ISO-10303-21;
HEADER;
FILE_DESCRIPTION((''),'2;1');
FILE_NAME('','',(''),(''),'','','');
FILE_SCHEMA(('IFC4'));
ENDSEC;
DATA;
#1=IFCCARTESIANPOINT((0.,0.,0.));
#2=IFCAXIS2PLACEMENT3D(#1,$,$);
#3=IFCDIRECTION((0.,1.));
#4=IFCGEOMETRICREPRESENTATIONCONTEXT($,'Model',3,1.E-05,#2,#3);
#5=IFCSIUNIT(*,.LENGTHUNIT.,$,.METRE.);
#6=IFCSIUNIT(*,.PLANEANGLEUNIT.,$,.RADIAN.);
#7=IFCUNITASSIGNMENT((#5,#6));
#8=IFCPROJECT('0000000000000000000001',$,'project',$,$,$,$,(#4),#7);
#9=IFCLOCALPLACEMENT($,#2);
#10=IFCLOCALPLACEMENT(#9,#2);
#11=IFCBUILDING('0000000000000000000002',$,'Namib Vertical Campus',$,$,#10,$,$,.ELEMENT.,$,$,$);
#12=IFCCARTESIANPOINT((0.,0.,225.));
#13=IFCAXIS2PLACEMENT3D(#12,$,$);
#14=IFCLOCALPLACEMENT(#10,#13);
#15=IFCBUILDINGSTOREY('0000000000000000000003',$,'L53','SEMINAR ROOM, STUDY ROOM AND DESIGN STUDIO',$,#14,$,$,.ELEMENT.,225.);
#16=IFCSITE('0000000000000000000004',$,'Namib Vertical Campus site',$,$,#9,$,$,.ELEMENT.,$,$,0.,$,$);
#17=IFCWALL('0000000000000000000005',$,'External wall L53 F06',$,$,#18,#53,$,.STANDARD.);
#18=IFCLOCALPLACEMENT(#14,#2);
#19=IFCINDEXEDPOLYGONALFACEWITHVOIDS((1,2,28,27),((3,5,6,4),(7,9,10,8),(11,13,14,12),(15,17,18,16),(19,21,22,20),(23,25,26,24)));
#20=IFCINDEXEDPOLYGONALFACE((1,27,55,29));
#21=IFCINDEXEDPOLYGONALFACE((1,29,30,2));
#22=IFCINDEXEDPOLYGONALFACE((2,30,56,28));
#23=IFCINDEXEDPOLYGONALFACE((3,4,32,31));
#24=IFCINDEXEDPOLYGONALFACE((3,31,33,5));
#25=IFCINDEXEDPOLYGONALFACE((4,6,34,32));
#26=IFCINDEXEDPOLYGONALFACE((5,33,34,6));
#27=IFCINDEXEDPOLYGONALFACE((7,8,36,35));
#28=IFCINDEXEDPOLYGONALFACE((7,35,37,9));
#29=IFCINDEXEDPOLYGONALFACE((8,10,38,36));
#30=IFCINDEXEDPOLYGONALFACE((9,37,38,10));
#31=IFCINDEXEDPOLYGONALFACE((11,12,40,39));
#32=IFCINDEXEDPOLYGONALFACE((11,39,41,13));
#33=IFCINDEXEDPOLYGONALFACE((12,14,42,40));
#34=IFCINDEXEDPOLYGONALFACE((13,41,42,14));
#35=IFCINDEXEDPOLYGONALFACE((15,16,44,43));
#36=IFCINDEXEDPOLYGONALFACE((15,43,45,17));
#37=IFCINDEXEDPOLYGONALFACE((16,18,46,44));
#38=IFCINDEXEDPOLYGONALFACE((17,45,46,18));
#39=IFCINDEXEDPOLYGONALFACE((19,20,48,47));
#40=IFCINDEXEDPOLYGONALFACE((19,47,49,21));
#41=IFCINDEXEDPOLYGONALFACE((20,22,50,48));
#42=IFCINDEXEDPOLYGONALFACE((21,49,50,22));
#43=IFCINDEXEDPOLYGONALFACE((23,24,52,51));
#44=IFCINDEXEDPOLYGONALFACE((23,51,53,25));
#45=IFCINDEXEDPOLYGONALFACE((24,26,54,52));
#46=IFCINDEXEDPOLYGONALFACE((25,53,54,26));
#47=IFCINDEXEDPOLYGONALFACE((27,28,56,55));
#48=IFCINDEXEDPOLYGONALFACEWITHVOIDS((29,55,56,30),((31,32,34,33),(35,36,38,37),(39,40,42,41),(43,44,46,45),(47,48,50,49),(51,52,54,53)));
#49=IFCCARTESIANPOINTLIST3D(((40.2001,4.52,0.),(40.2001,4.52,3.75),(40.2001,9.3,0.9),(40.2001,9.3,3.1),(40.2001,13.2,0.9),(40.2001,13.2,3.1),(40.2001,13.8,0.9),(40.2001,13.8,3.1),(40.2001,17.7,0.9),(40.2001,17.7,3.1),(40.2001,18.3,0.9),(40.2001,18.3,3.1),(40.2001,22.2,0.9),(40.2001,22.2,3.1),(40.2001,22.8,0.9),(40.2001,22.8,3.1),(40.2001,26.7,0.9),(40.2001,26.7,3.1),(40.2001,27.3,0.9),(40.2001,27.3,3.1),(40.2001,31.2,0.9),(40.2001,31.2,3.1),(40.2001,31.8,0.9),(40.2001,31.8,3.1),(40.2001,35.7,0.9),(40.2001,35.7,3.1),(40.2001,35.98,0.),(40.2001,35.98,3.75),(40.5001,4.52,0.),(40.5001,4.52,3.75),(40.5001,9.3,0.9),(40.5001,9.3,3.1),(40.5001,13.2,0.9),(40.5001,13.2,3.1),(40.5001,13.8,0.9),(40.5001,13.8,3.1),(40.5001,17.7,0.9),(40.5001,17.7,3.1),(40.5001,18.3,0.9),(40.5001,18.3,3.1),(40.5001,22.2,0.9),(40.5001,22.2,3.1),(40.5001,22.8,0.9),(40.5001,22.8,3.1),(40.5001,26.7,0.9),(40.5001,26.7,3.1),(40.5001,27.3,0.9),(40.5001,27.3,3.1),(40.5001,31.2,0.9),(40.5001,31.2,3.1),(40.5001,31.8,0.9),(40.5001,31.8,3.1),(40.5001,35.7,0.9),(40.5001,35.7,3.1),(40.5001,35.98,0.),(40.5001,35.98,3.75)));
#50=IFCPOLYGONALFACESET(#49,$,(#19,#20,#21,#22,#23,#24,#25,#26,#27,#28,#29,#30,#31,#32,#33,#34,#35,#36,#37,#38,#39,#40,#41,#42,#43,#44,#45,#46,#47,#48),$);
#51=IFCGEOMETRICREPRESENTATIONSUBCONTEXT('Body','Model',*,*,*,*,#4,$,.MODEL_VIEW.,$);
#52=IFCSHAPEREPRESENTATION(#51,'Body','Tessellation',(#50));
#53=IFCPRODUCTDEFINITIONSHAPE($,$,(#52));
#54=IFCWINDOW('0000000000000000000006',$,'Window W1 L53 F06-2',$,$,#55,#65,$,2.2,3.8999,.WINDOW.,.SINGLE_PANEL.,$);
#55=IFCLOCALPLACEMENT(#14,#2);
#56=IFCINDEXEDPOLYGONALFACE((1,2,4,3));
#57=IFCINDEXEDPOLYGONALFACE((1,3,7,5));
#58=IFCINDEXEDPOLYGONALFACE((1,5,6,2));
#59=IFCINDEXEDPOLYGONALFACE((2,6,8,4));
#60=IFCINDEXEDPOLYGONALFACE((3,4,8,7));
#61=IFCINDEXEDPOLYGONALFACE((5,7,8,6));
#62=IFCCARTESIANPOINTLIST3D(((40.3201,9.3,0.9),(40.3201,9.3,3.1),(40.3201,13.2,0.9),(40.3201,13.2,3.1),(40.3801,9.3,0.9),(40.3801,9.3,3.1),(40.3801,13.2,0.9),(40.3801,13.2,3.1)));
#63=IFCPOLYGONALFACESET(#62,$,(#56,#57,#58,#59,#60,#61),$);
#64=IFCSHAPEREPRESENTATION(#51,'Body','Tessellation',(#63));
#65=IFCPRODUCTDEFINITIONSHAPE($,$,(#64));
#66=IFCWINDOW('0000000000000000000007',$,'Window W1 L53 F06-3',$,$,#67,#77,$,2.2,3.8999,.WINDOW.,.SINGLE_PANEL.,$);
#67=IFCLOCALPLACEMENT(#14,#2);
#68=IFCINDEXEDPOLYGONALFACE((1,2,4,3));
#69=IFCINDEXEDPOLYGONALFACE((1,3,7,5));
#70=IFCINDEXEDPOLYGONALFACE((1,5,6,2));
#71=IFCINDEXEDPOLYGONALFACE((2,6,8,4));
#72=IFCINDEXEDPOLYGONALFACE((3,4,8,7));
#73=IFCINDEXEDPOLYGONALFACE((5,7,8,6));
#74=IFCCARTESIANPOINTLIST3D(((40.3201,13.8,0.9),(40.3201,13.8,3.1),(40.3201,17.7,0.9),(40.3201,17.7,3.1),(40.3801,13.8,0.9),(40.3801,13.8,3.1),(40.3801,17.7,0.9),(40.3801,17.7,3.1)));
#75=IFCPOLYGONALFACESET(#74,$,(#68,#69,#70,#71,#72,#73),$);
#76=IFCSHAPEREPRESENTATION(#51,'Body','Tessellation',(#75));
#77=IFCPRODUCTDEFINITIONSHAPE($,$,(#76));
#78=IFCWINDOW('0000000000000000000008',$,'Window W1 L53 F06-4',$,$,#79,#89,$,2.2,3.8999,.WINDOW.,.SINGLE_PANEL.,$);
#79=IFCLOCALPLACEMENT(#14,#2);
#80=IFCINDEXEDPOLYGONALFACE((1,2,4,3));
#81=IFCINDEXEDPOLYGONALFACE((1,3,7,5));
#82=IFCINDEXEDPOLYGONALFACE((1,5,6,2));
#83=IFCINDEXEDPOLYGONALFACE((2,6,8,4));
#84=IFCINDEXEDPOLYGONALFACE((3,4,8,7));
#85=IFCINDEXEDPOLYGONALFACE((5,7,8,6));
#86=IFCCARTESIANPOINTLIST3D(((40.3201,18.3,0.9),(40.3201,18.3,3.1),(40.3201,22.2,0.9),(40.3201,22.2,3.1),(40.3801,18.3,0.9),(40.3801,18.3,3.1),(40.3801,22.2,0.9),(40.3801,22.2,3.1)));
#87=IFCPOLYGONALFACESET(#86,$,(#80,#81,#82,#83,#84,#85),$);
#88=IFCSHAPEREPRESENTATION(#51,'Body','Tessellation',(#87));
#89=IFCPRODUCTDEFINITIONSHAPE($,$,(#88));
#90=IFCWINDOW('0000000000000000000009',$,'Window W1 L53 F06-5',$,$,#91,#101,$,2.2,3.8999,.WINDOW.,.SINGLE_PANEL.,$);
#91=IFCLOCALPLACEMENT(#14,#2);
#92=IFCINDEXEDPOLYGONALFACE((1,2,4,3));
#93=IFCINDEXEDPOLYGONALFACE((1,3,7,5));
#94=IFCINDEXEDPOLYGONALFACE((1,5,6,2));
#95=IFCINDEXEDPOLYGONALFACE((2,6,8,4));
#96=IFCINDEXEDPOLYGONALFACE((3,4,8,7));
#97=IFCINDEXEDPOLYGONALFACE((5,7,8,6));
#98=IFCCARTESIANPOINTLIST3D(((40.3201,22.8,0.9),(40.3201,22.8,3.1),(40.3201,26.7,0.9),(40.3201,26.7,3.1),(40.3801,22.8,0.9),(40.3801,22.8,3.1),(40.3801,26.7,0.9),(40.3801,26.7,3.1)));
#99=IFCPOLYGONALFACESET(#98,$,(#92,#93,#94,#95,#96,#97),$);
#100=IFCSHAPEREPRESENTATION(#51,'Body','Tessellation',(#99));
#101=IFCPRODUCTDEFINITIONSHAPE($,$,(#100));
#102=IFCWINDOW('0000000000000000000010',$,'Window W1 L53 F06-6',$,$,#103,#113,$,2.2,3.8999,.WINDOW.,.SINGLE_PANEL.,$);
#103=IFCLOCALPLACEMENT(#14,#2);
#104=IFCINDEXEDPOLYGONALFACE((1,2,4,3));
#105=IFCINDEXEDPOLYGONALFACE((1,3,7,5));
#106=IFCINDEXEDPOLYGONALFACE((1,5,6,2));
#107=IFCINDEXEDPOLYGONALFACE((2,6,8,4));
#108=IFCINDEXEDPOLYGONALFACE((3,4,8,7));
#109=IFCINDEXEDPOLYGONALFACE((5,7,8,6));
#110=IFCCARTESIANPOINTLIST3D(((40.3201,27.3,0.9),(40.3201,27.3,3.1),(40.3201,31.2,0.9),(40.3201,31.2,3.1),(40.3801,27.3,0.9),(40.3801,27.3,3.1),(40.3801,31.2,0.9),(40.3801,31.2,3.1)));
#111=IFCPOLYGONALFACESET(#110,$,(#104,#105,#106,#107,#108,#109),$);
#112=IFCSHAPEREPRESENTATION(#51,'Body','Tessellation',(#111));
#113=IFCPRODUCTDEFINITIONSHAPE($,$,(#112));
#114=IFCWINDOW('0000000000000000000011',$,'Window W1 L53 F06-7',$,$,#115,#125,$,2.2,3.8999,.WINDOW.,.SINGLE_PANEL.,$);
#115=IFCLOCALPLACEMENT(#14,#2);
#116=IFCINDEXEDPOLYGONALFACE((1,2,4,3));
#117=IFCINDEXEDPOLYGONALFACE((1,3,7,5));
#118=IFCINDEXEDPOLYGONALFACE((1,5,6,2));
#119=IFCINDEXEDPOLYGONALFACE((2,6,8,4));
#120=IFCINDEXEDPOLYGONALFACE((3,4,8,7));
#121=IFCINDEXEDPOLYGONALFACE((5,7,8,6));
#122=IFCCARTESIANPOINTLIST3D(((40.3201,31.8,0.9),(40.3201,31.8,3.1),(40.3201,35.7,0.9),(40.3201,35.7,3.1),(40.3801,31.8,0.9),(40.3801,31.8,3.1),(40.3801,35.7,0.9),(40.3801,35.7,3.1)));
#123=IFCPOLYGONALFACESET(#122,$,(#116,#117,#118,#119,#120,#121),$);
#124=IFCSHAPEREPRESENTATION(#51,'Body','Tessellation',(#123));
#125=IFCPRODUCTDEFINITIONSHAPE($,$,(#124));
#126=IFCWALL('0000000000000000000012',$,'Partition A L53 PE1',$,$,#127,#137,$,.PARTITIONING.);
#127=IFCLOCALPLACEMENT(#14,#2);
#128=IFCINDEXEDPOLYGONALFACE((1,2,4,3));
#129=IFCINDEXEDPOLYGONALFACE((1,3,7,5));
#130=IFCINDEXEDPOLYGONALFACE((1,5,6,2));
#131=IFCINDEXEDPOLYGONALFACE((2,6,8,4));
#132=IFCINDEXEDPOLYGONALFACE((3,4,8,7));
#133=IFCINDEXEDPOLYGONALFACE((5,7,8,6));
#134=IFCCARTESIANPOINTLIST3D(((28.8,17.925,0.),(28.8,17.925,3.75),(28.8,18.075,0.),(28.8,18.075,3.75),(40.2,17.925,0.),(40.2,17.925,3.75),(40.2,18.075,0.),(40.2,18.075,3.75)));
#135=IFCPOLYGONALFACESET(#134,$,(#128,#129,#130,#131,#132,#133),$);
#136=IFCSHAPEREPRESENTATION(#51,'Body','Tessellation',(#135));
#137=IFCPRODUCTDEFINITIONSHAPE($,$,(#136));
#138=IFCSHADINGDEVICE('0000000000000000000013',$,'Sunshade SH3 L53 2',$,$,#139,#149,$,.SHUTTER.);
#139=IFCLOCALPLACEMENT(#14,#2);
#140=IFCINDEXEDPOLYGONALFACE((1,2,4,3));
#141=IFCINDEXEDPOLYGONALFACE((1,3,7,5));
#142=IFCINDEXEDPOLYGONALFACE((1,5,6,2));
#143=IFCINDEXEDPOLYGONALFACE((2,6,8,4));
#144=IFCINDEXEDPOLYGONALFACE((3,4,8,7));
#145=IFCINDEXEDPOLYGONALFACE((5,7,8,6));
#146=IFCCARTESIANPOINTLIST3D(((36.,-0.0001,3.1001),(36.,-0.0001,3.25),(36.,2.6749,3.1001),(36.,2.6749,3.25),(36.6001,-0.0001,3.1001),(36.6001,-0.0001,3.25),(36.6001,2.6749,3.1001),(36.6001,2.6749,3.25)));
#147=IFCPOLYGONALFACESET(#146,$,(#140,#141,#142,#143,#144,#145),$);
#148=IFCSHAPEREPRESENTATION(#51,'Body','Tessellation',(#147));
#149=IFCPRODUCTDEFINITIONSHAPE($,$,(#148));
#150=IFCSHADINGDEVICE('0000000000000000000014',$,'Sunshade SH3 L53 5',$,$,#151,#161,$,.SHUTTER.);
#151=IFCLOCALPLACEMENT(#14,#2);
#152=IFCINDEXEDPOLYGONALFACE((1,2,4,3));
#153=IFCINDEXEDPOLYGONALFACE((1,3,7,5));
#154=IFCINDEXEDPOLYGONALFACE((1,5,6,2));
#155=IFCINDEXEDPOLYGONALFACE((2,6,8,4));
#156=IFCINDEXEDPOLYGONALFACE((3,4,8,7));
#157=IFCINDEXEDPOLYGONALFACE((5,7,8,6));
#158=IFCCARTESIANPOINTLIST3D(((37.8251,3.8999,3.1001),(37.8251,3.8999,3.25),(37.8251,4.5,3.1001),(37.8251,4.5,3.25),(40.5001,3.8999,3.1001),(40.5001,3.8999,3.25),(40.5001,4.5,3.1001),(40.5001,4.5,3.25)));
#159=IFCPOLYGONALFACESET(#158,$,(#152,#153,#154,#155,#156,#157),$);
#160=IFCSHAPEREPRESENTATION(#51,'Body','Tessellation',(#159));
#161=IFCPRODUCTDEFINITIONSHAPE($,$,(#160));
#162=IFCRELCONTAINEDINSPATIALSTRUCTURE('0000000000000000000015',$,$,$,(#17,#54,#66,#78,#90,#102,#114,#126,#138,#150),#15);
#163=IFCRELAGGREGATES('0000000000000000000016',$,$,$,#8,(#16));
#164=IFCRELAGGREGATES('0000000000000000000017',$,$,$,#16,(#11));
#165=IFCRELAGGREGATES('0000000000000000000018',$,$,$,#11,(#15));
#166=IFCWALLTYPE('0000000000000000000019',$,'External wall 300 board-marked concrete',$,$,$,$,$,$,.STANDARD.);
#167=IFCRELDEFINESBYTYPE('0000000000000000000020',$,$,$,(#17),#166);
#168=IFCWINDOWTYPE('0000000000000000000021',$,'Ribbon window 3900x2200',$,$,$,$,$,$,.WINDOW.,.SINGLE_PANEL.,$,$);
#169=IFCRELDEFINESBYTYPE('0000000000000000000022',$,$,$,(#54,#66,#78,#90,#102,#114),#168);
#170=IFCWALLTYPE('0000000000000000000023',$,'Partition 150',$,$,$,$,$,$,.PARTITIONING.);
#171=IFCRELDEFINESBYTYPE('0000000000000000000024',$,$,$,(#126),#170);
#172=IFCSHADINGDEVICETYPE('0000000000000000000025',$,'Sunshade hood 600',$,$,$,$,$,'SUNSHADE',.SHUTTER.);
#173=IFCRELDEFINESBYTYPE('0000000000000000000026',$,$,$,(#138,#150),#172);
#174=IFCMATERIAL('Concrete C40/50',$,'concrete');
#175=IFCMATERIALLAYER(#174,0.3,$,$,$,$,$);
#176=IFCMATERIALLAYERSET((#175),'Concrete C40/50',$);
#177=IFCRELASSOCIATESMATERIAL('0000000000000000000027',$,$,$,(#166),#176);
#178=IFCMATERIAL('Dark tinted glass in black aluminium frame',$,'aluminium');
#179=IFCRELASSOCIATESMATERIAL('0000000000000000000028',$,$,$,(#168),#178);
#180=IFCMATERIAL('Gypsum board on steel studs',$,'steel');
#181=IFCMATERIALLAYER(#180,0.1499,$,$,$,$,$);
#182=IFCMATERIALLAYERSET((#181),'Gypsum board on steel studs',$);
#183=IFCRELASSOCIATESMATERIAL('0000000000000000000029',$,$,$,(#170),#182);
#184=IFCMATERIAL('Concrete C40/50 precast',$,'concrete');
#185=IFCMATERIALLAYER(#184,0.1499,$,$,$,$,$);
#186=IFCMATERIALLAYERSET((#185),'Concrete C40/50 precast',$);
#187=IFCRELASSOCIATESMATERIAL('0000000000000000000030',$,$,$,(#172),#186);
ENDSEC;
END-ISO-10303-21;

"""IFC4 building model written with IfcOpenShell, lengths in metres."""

from ifc_helpers import new_model, si_unit, direction, frame, frame_2d, origin, origin_2d, place, context, subcontext, project, spatial, rectangle, extrude, material, layer, layer_set, type_object, element, fill, save


model = new_model("IFC4")

# Units and contexts
model_context = context("Model", 3, precision=1e-05, world=origin(), true_north=direction((0.0, 1.0)))
body_context = subcontext(model_context, "Body", "Model", "MODEL_VIEW")
ifc_project = project(units=[si_unit("LENGTHUNIT", "METRE"), si_unit("PLANEANGLEUNIT", "RADIAN")], contexts=[model_context])

# Site, building, storey
site_placement = place(None, origin())
site = spatial("IfcSite", under=ifc_project, at=site_placement, Name="Namib Vertical Campus site", CompositionType="ELEMENT", RefElevation=0.0)
building_placement = place(site_placement, origin())
building = spatial("IfcBuilding", under=site, at=building_placement, Name="Namib Vertical Campus", CompositionType="ELEMENT")
storey_placement = place(building_placement, frame((0.0, 0.0, 225.0)))
storey = spatial("IfcBuildingStorey", under=building, at=storey_placement, Name="L53", Description="SEMINAR ROOM, STUDY ROOM AND DESIGN STUDIO", CompositionType="ELEMENT", Elevation=225.0)

# Shared definitions
ifc_material_1 = material(Name="Concrete C40/50", Category="concrete")
ifc_layer_1 = layer(ifc_material_1, 0.3)
ifc_layer_set_1 = layer_set([ifc_layer_1], Name="Concrete C40/50")
wall_type_1 = type_object("IfcWallType", Name="External wall 300 board-marked concrete", PredefinedType="STANDARD", material=ifc_layer_set_1)

# Wall, openings, windows
wall_1_placement = place(storey_placement, frame((40.3501, 4.52, 0.0), z_axis=(0.0, 0.0, 1.0), x_axis=(0.0, 1.0, 0.0)))
wall_1 = element("IfcWall", 1, at=wall_1_placement, inside=storey, type_object=wall_type_1, Name="External wall L53 F06", PredefinedType="STANDARD", context=body_context, shape_type="SweptSolid", body=[
    extrude(rectangle(XDim=31.46, YDim=0.3, at=frame_2d((15.73, 0.0))), origin(), (0.0, 0.0, 1.0), 3.75),
])
opening_1_placement = place(wall_1_placement, frame((4.78, 0.0, 0.8999)))
opening_1 = element("IfcOpeningElement", 2, at=opening_1_placement, cuts=wall_1, PredefinedType="OPENING", context=body_context, shape_type="SweptSolid", body=[
    extrude(rectangle(XDim=3.8999, YDim=2.2, at=frame_2d((1.95, 1.1001))), frame((0.0, 0.1599, 0.0), z_axis=(0.0, -1.0, 0.0), x_axis=(1.0, 0.0, 0.0)), (0.0, 0.0, 1.0), 0.3201),
])
opening_2_placement = place(wall_1_placement, frame((9.28, 0.0, 0.8999)))
opening_2 = element("IfcOpeningElement", 3, at=opening_2_placement, cuts=wall_1, PredefinedType="OPENING", context=body_context, shape_type="SweptSolid", body=[
    extrude(rectangle(XDim=3.8999, YDim=2.2, at=frame_2d((1.95, 1.1001))), frame((0.0, 0.1599, 0.0), z_axis=(0.0, -1.0, 0.0), x_axis=(1.0, 0.0, 0.0)), (0.0, 0.0, 1.0), 0.3201),
])
opening_3_placement = place(wall_1_placement, frame((13.78, 0.0, 0.8999)))
opening_3 = element("IfcOpeningElement", 4, at=opening_3_placement, cuts=wall_1, PredefinedType="OPENING", context=body_context, shape_type="SweptSolid", body=[
    extrude(rectangle(XDim=3.8999, YDim=2.2, at=frame_2d((1.95, 1.1001))), frame((0.0, 0.1599, 0.0), z_axis=(0.0, -1.0, 0.0), x_axis=(1.0, 0.0, 0.0)), (0.0, 0.0, 1.0), 0.3201),
])
opening_4_placement = place(wall_1_placement, frame((18.28, 0.0, 0.8999)))
opening_4 = element("IfcOpeningElement", 5, at=opening_4_placement, cuts=wall_1, PredefinedType="OPENING", context=body_context, shape_type="SweptSolid", body=[
    extrude(rectangle(XDim=3.8999, YDim=2.2, at=frame_2d((1.95, 1.1001))), frame((0.0, 0.1599, 0.0), z_axis=(0.0, -1.0, 0.0), x_axis=(1.0, 0.0, 0.0)), (0.0, 0.0, 1.0), 0.3201),
])
opening_5_placement = place(wall_1_placement, frame((22.78, 0.0, 0.8999)))
opening_5 = element("IfcOpeningElement", 6, at=opening_5_placement, cuts=wall_1, PredefinedType="OPENING", context=body_context, shape_type="SweptSolid", body=[
    extrude(rectangle(XDim=3.8999, YDim=2.2, at=frame_2d((1.95, 1.1001))), frame((0.0, 0.1599, 0.0), z_axis=(0.0, -1.0, 0.0), x_axis=(1.0, 0.0, 0.0)), (0.0, 0.0, 1.0), 0.3201),
])
opening_6_placement = place(wall_1_placement, frame((27.28, 0.0, 0.8999)))
opening_6 = element("IfcOpeningElement", 7, at=opening_6_placement, cuts=wall_1, PredefinedType="OPENING", context=body_context, shape_type="SweptSolid", body=[
    extrude(rectangle(XDim=3.8999, YDim=2.2, at=frame_2d((1.95, 1.1001))), frame((0.0, 0.1599, 0.0), z_axis=(0.0, -1.0, 0.0), x_axis=(1.0, 0.0, 0.0)), (0.0, 0.0, 1.0), 0.3201),
])
ifc_material_2 = material(Name="Dark tinted glass in black aluminium frame", Category="aluminium")
window_type = type_object("IfcWindowType", Name="Ribbon window 3900x2200", PartitioningType="SINGLE_PANEL", PredefinedType="WINDOW", material=ifc_material_2)
window_1_placement = place(opening_1_placement, origin())
window_1 = element("IfcWindow", 8, at=window_1_placement, inside=storey, type_object=window_type, Name="Window W1 L53 F06-2", OverallHeight=2.2, OverallWidth=3.8999, PartitioningType="SINGLE_PANEL", PredefinedType="WINDOW", context=body_context, shape_type="SweptSolid", body=[
    extrude(rectangle(XDim=3.8999, YDim=2.2, at=frame_2d((1.95, 1.1001))), frame((0.0, 0.03, 0.0), z_axis=(0.0, -1.0, 0.0), x_axis=(1.0, 0.0, 0.0)), (0.0, 0.0, 1.0), 0.0601),
])
fill(opening_1, window_1)
window_2_placement = place(opening_2_placement, origin())
window_2 = element("IfcWindow", 9, at=window_2_placement, inside=storey, type_object=window_type, Name="Window W1 L53 F06-3", OverallHeight=2.2, OverallWidth=3.8999, PartitioningType="SINGLE_PANEL", PredefinedType="WINDOW", context=body_context, shape_type="SweptSolid", body=[
    extrude(rectangle(XDim=3.8999, YDim=2.2, at=frame_2d((1.95, 1.1001))), frame((0.0, 0.03, 0.0), z_axis=(0.0, -1.0, 0.0), x_axis=(1.0, 0.0, 0.0)), (0.0, 0.0, 1.0), 0.0601),
])
fill(opening_2, window_2)
window_3_placement = place(opening_3_placement, origin())
window_3 = element("IfcWindow", 10, at=window_3_placement, inside=storey, type_object=window_type, Name="Window W1 L53 F06-4", OverallHeight=2.2, OverallWidth=3.8999, PartitioningType="SINGLE_PANEL", PredefinedType="WINDOW", context=body_context, shape_type="SweptSolid", body=[
    extrude(rectangle(XDim=3.8999, YDim=2.2, at=frame_2d((1.95, 1.1001))), frame((0.0, 0.03, 0.0), z_axis=(0.0, -1.0, 0.0), x_axis=(1.0, 0.0, 0.0)), (0.0, 0.0, 1.0), 0.0601),
])
fill(opening_3, window_3)
window_4_placement = place(opening_4_placement, origin())
window_4 = element("IfcWindow", 11, at=window_4_placement, inside=storey, type_object=window_type, Name="Window W1 L53 F06-5", OverallHeight=2.2, OverallWidth=3.8999, PartitioningType="SINGLE_PANEL", PredefinedType="WINDOW", context=body_context, shape_type="SweptSolid", body=[
    extrude(rectangle(XDim=3.8999, YDim=2.2, at=frame_2d((1.95, 1.1001))), frame((0.0, 0.03, 0.0), z_axis=(0.0, -1.0, 0.0), x_axis=(1.0, 0.0, 0.0)), (0.0, 0.0, 1.0), 0.0601),
])
fill(opening_4, window_4)
window_5_placement = place(opening_5_placement, origin())
window_5 = element("IfcWindow", 12, at=window_5_placement, inside=storey, type_object=window_type, Name="Window W1 L53 F06-6", OverallHeight=2.2, OverallWidth=3.8999, PartitioningType="SINGLE_PANEL", PredefinedType="WINDOW", context=body_context, shape_type="SweptSolid", body=[
    extrude(rectangle(XDim=3.8999, YDim=2.2, at=frame_2d((1.95, 1.1001))), frame((0.0, 0.03, 0.0), z_axis=(0.0, -1.0, 0.0), x_axis=(1.0, 0.0, 0.0)), (0.0, 0.0, 1.0), 0.0601),
])
fill(opening_5, window_5)
window_6_placement = place(opening_6_placement, origin())
window_6 = element("IfcWindow", 13, at=window_6_placement, inside=storey, type_object=window_type, Name="Window W1 L53 F06-7", OverallHeight=2.2, OverallWidth=3.8999, PartitioningType="SINGLE_PANEL", PredefinedType="WINDOW", context=body_context, shape_type="SweptSolid", body=[
    extrude(rectangle(XDim=3.8999, YDim=2.2, at=frame_2d((1.95, 1.1001))), frame((0.0, 0.03, 0.0), z_axis=(0.0, -1.0, 0.0), x_axis=(1.0, 0.0, 0.0)), (0.0, 0.0, 1.0), 0.0601),
])
fill(opening_6, window_6)

# Wall
ifc_material_3 = material(Name="Gypsum board on steel studs", Category="steel")
ifc_layer_2 = layer(ifc_material_3, 0.1499)
ifc_layer_set_2 = layer_set([ifc_layer_2], Name="Gypsum board on steel studs")
wall_type_2 = type_object("IfcWallType", Name="Partition 150", PredefinedType="PARTITIONING", material=ifc_layer_set_2)
wall_2_placement = place(storey_placement, frame((28.8, 18.0, 0.0), z_axis=(0.0, 0.0, 1.0), x_axis=(1.0, 0.0, 0.0)))
element("IfcWall", 14, at=wall_2_placement, inside=storey, type_object=wall_type_2, Name="Partition A L53 PE1", PredefinedType="PARTITIONING", context=body_context, shape_type="SweptSolid", body=[
    extrude(rectangle(XDim=11.3999, YDim=0.1499, at=frame_2d((5.7, 0.0))), origin(), (0.0, 0.0, 1.0), 3.75),
])

# Shading devices
ifc_material_4 = material(Name="Concrete C40/50 precast", Category="concrete")
ifc_layer_3 = layer(ifc_material_4, 0.1499)
ifc_layer_set_3 = layer_set([ifc_layer_3], Name="Concrete C40/50 precast")
shading_device_type = type_object("IfcShadingDeviceType", Name="Sunshade hood 600", ElementType="SUNSHADE", PredefinedType="SHUTTER", material=ifc_layer_set_3)
for number, where, z_axis, x_axis, name in (
    (15, (36.3, 1.3374, 3.1001), (0.0, 0.0, 1.0), (0.0, 1.0, 0.0), "Sunshade SH3 L53 2"),
    (16, (39.1626, 4.2, 3.1001), (0.0, 0.0, 1.0), (1.0, 0.0, 0.0), "Sunshade SH3 L53 5"),
):
    element("IfcShadingDevice", number, at=place(storey_placement, frame(where, z_axis=z_axis, x_axis=x_axis)), inside=storey, type_object=shading_device_type, Name=name, PredefinedType="SHUTTER", context=body_context, shape_type="SweptSolid", body=[
        extrude(rectangle(XDim=2.675, YDim=0.6001, at=origin_2d()), origin(), (0.0, 0.0, 1.0), 0.1499),
    ])

save(model, "model.ifc")
